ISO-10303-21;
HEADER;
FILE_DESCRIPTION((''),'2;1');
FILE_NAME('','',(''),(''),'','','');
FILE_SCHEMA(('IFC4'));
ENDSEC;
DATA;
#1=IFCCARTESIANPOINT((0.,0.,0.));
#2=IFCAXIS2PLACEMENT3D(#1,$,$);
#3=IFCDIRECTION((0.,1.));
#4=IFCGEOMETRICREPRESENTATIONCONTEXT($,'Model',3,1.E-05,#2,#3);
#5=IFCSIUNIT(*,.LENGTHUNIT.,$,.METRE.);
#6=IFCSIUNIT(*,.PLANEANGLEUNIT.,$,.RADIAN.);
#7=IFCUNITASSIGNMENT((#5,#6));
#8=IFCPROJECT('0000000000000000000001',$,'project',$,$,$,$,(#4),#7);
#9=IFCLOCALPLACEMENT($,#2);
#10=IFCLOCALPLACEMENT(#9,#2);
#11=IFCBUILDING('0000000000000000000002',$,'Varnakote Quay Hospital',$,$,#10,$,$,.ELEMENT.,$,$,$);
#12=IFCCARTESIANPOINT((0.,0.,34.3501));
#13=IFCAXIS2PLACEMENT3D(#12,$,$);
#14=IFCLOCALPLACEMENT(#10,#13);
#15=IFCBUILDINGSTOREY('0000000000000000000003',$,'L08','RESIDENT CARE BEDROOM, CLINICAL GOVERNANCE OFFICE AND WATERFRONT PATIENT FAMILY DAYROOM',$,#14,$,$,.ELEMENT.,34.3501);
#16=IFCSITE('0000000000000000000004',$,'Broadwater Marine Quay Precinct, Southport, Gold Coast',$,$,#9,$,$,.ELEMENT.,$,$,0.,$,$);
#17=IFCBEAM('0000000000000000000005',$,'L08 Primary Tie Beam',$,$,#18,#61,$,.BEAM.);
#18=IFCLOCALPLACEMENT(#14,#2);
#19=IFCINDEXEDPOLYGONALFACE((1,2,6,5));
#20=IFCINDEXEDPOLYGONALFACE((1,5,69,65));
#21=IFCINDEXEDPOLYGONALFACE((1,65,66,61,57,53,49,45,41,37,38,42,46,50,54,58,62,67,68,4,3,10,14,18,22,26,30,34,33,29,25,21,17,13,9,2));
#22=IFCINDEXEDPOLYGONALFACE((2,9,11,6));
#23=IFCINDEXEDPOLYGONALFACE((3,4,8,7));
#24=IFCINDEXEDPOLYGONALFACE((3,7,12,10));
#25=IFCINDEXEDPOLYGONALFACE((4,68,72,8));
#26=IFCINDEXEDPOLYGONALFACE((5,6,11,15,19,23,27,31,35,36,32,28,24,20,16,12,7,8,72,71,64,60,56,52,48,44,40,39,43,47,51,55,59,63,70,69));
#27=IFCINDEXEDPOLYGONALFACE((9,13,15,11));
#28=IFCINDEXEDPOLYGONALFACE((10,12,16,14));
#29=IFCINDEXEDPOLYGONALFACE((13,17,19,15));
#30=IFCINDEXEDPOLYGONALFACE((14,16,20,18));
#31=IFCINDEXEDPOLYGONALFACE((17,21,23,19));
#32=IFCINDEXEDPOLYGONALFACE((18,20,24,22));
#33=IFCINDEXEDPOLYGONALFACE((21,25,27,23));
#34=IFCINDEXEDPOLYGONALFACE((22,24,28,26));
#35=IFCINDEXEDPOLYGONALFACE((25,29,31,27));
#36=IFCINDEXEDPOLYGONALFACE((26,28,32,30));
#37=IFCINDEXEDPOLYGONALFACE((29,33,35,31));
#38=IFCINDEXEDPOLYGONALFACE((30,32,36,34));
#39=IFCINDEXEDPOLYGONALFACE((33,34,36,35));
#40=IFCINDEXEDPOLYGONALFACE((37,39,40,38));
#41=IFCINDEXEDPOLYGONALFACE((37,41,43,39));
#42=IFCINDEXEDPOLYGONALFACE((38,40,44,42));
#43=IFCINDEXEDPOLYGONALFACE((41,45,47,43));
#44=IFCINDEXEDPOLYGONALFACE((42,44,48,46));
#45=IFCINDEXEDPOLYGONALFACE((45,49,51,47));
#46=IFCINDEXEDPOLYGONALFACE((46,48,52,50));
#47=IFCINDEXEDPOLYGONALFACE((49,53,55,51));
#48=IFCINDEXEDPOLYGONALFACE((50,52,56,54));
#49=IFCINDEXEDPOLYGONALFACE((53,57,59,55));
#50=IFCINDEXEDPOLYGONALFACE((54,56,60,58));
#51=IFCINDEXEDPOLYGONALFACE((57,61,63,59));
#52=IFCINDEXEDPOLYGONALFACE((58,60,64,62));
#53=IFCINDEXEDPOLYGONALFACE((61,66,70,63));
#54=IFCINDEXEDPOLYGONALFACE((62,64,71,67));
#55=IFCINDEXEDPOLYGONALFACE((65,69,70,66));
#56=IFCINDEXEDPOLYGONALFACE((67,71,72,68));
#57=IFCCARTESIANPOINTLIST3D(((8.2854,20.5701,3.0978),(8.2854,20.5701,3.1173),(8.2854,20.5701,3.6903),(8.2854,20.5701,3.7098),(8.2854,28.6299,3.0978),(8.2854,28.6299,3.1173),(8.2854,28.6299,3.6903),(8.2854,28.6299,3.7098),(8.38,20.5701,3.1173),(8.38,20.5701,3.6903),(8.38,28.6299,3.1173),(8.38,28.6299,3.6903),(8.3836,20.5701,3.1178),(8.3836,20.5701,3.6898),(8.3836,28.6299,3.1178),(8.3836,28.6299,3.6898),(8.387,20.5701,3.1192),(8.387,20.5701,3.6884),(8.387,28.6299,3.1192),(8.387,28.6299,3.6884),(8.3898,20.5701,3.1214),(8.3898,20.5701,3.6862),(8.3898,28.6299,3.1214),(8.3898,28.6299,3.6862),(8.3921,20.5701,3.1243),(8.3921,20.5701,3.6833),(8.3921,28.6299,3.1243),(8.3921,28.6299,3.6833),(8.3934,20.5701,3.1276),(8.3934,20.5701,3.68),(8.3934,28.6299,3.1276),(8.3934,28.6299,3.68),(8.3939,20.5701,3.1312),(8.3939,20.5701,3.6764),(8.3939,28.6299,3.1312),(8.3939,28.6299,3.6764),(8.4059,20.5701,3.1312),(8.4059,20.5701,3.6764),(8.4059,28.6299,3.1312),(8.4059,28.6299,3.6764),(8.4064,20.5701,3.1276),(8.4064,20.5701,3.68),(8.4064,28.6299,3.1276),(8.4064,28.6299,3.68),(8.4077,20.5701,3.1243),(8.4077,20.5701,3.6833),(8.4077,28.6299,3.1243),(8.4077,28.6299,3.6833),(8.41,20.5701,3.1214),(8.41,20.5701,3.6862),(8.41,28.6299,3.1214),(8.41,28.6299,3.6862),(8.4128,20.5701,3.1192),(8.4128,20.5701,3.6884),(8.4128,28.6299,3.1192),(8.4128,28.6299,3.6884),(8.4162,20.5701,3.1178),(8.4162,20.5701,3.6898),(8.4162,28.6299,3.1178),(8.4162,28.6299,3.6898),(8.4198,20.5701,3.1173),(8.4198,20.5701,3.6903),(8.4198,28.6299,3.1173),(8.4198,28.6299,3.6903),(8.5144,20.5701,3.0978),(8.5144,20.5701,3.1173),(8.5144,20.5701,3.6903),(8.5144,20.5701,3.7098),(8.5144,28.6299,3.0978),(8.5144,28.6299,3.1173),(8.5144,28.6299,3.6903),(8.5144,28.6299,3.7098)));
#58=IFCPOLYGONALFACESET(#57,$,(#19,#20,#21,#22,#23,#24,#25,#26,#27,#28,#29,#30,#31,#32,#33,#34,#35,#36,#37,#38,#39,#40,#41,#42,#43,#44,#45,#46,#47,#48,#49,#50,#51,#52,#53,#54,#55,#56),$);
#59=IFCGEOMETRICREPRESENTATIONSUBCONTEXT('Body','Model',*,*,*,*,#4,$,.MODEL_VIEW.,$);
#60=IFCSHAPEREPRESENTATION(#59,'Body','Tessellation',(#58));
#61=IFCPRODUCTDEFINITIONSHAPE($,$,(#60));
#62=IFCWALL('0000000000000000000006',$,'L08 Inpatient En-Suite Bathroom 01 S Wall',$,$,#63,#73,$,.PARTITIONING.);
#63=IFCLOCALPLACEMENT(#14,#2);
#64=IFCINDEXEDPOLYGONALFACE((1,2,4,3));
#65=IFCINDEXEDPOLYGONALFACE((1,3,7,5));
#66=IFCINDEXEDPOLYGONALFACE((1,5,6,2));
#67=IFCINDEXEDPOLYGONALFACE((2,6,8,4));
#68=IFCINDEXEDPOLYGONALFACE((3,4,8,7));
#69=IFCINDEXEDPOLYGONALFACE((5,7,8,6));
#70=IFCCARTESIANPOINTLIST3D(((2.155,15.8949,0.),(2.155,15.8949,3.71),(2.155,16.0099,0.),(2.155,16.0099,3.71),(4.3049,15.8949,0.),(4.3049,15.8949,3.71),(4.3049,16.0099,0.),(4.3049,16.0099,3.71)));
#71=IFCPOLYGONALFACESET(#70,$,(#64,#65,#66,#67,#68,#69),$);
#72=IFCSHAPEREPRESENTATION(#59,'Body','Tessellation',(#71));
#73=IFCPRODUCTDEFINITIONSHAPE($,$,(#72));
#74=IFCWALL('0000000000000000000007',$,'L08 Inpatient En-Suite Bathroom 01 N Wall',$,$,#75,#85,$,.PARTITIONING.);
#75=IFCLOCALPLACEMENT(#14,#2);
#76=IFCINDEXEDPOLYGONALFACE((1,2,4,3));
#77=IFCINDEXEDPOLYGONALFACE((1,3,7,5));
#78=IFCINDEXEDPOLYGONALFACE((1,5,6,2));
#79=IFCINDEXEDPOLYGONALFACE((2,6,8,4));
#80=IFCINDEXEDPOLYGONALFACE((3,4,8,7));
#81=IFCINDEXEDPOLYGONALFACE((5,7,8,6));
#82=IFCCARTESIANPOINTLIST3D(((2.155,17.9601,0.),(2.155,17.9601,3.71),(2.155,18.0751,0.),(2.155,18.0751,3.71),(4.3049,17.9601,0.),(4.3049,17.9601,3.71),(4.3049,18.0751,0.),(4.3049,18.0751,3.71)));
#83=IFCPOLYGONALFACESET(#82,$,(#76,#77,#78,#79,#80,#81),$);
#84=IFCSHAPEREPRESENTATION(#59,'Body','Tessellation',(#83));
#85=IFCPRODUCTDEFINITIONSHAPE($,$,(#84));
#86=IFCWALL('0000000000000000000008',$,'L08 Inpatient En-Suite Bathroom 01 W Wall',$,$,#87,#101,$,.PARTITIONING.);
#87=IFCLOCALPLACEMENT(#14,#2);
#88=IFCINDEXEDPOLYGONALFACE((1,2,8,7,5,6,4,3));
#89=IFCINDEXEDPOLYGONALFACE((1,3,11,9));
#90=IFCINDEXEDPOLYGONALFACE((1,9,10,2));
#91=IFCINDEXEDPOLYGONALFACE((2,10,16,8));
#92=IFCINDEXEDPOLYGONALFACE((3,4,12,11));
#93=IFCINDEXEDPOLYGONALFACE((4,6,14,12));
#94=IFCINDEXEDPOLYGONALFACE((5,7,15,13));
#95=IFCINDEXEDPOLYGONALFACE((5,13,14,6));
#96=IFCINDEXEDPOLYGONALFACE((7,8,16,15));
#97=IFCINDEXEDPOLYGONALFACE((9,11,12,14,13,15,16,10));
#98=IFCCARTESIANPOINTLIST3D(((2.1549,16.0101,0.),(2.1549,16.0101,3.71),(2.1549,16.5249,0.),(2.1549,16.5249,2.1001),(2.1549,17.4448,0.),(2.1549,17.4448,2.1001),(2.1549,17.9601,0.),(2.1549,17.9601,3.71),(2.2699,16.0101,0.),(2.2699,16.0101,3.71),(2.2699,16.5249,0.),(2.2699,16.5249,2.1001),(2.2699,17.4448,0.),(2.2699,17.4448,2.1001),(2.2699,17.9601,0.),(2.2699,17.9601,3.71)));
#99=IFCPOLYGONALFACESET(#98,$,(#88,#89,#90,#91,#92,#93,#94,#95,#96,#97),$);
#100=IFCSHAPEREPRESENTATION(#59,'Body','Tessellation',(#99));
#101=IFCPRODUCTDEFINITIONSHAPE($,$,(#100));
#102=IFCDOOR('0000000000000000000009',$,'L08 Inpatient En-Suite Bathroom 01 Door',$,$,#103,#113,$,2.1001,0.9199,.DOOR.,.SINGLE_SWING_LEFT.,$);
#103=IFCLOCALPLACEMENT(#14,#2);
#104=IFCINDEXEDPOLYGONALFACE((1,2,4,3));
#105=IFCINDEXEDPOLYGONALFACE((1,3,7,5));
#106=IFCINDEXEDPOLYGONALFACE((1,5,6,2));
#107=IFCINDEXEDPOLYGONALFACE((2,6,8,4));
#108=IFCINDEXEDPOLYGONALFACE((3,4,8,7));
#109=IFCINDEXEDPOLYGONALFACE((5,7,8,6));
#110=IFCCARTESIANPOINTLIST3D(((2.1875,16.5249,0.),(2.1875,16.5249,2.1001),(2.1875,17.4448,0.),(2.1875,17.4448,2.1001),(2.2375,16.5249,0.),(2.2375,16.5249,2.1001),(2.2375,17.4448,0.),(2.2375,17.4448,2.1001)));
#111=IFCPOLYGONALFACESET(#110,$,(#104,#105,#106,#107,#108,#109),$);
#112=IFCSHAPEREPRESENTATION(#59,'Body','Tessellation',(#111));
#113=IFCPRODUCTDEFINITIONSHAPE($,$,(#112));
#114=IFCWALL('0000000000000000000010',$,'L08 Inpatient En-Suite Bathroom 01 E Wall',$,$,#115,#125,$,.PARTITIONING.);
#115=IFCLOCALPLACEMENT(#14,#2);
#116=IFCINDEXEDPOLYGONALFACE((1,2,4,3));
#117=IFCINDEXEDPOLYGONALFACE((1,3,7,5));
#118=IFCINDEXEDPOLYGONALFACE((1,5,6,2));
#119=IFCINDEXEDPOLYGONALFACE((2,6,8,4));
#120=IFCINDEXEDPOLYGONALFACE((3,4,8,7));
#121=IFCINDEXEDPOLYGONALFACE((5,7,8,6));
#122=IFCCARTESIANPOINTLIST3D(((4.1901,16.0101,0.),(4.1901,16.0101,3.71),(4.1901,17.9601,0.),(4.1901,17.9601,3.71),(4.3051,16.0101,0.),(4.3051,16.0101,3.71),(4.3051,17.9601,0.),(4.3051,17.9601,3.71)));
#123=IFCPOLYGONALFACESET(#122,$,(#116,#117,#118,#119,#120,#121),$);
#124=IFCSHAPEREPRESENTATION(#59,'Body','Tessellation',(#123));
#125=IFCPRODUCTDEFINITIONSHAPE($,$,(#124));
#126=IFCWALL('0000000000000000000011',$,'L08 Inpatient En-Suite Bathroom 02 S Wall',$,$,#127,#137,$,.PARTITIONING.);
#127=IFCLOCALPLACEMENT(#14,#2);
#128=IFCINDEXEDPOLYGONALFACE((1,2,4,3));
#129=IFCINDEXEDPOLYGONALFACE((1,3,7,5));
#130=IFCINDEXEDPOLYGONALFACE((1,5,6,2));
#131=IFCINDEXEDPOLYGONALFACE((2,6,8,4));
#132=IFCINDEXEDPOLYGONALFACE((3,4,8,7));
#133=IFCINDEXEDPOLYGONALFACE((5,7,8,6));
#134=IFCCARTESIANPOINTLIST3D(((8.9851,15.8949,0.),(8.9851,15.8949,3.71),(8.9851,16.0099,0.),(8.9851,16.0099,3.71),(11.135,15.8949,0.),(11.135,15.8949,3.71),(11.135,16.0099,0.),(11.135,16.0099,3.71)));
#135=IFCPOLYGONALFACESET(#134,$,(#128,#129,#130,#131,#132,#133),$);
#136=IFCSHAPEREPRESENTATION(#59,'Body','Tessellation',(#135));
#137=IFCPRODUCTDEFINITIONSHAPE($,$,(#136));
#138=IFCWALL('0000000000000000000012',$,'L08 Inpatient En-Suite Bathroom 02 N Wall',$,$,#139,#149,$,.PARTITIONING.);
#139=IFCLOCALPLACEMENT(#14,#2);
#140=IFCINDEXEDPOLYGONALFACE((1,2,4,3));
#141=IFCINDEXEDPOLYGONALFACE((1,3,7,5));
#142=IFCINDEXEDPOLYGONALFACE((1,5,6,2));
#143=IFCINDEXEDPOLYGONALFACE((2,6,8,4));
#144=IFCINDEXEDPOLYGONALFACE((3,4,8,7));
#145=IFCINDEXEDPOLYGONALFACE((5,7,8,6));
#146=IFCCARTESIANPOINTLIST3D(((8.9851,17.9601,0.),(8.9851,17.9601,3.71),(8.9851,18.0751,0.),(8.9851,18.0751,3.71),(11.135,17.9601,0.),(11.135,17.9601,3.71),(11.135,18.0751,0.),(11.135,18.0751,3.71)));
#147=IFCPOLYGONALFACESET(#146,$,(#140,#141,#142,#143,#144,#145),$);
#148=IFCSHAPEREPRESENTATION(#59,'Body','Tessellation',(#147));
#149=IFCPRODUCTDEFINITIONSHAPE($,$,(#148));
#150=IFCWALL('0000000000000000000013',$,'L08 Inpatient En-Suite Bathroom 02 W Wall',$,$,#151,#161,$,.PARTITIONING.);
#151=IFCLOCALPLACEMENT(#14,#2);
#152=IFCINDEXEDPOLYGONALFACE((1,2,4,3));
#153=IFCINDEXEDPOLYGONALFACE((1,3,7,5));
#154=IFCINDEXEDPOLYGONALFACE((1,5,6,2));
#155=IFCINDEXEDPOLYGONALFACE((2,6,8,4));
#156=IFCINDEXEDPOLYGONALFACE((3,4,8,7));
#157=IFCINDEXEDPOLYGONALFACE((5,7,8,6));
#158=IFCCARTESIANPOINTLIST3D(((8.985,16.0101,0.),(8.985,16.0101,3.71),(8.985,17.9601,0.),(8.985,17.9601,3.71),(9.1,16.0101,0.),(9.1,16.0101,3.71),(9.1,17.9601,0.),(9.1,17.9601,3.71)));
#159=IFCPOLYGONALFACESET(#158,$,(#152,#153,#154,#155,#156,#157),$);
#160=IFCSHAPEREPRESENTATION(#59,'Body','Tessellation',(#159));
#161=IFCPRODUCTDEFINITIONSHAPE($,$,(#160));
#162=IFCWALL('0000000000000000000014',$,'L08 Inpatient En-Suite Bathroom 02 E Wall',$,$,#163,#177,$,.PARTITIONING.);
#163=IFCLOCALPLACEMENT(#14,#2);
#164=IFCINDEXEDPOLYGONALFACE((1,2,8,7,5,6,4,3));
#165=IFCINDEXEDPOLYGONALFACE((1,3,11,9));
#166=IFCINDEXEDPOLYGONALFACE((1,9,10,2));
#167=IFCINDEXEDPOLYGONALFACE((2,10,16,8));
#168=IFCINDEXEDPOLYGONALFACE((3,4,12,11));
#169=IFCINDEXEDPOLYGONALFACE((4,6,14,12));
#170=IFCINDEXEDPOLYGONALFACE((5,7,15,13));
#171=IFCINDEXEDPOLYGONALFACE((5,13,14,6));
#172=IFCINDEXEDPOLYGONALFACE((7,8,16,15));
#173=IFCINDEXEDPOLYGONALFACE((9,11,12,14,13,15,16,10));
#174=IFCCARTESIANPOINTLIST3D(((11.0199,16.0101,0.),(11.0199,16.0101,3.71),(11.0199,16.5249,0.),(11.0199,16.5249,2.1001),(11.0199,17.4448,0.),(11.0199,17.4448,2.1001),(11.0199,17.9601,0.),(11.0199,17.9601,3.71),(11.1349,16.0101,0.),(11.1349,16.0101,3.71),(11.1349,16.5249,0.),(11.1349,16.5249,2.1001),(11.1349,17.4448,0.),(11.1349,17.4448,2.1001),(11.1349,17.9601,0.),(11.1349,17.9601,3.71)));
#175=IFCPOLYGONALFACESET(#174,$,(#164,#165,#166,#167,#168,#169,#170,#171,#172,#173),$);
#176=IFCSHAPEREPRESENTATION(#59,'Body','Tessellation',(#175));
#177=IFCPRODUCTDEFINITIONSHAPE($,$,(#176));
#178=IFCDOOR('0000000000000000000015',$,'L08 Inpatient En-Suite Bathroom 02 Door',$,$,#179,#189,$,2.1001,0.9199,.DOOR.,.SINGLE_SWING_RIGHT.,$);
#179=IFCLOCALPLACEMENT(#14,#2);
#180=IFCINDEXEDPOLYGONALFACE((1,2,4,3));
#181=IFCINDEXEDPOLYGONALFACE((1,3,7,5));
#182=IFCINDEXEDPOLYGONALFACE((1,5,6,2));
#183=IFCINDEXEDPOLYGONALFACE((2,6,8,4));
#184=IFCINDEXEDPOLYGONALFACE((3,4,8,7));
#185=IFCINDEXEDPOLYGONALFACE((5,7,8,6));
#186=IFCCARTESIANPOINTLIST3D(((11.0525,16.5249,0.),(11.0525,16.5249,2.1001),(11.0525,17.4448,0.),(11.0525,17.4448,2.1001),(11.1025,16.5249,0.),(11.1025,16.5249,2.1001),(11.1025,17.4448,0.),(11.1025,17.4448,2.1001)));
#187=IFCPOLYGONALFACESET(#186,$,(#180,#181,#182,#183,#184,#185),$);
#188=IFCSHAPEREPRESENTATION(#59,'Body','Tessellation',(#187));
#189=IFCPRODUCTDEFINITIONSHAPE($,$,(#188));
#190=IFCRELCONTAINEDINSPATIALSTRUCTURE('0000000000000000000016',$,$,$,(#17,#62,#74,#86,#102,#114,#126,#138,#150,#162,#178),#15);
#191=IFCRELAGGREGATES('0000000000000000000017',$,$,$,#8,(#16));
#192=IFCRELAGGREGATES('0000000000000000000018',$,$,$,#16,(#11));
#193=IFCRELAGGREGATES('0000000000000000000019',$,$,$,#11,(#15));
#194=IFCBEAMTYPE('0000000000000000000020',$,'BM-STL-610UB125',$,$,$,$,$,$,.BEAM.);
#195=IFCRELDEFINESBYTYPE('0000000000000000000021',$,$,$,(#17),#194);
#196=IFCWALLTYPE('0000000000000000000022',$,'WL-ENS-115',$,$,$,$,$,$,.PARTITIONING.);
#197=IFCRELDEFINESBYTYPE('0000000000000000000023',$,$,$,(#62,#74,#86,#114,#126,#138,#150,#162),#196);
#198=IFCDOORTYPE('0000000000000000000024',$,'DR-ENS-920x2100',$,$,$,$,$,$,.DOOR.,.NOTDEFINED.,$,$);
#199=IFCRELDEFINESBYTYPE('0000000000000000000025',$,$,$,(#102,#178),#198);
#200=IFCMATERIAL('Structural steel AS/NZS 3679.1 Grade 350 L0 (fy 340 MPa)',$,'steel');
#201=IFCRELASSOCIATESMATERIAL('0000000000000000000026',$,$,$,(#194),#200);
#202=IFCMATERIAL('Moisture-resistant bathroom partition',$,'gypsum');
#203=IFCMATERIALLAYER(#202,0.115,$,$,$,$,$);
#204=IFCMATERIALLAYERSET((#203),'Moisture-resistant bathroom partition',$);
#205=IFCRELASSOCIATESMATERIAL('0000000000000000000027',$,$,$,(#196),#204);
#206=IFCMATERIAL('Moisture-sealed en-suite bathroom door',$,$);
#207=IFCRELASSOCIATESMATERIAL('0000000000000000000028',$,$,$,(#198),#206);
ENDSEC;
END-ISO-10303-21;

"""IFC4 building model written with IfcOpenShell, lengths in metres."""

from ifc_helpers import new_model, si_unit, direction, frame, frame_2d, origin, origin_2d, place, context, subcontext, project, spatial, rectangle, i_section, extrude, material, layer, layer_set, material_profile, profile_set, type_object, element, fill, save


model = new_model("IFC4")

# Units and contexts
model_context = context("Model", 3, precision=1e-05, world=origin(), true_north=direction((0.0, 1.0)))
body_context = subcontext(model_context, "Body", "Model", "MODEL_VIEW")
ifc_project = project(units=[si_unit("LENGTHUNIT", "METRE"), si_unit("PLANEANGLEUNIT", "RADIAN")], contexts=[model_context])

# Site, building, storey
site_placement = place(None, origin())
site = spatial("IfcSite", under=ifc_project, at=site_placement, Name="Broadwater Marine Quay Precinct, Southport, Gold Coast", CompositionType="ELEMENT", RefElevation=0.0)
building_placement = place(site_placement, origin())
building = spatial("IfcBuilding", under=site, at=building_placement, Name="Varnakote Quay Hospital", CompositionType="ELEMENT")
storey_placement = place(building_placement, frame((0.0, 0.0, 34.3501)))
storey = spatial("IfcBuildingStorey", under=building, at=storey_placement, Name="L08", Description="RESIDENT CARE BEDROOM, CLINICAL GOVERNANCE OFFICE AND WATERFRONT PATIENT FAMILY DAYROOM", CompositionType="ELEMENT", Elevation=34.3501)

# Beam
ifc_material_1 = material(Name="Structural steel AS/NZS 3679.1 Grade 350 L0 (fy 340 MPa)", Category="steel")
ifc_material_profile_1 = material_profile(ifc_material_1, i_section(OverallWidth=0.229, OverallDepth=0.6121, WebThickness=0.012, FlangeThickness=0.0195, FilletRadius=0.0139, at=origin_2d()), Name="610UB125")
ifc_profile_set_1 = profile_set([ifc_material_profile_1], Name="Structural steel AS/NZS 3679.1 Grade 350 L0 (fy 340 MPa)")
beam_type = type_object("IfcBeamType", Name="BM-STL-610UB125", PredefinedType="BEAM", material=ifc_profile_set_1)
beam_1_placement = place(storey_placement, frame((8.3999, 20.5701, 3.4038), z_axis=(0.0, 1.0, 0.0), x_axis=(-1.0, 0.0, 0.0)))
element("IfcBeam", 1, at=beam_1_placement, inside=storey, type_object=beam_type, Name="L08 Primary Tie Beam", PredefinedType="BEAM", context=body_context, shape_type="SweptSolid", body=[
    extrude(i_section(OverallWidth=0.229, OverallDepth=0.6121, WebThickness=0.012, FlangeThickness=0.0195, FilletRadius=0.0139, at=origin_2d()), origin(), (0.0, 0.0, 1.0), 8.0598),
])

# Walls
ifc_material_2 = material(Name="Moisture-resistant bathroom partition", Category="gypsum")
ifc_layer_1 = layer(ifc_material_2, 0.115)
ifc_layer_set_1 = layer_set([ifc_layer_1], Name="Moisture-resistant bathroom partition")
wall_type_1 = type_object("IfcWallType", Name="WL-ENS-115", PredefinedType="PARTITIONING", material=ifc_layer_set_1)
for number, where, z_axis, x_axis, name in (
    (2, (2.155, 15.9524, 0.0), (0.0, 0.0, 1.0), (1.0, 0.0, 0.0), "L08 Inpatient En-Suite Bathroom 01 S Wall"),
    (3, (2.155, 18.0176, 0.0), (0.0, 0.0, 1.0), (1.0, 0.0, 0.0), "L08 Inpatient En-Suite Bathroom 01 N Wall"),
):
    element("IfcWall", number, at=place(storey_placement, frame(where, z_axis=z_axis, x_axis=x_axis)), inside=storey, type_object=wall_type_1, Name=name, PredefinedType="PARTITIONING", context=body_context, shape_type="SweptSolid", body=[
        extrude(rectangle(XDim=2.1499, YDim=0.115, at=frame_2d((1.075, 0.0))), origin(), (0.0, 0.0, 1.0), 3.71),
    ])

# Wall, opening, door
wall_1_placement = place(storey_placement, frame((2.2124, 16.01, 0.0), z_axis=(0.0, 0.0, 1.0), x_axis=(0.0, 1.0, 0.0)))
wall_1 = element("IfcWall", 4, at=wall_1_placement, inside=storey, type_object=wall_type_1, Name="L08 Inpatient En-Suite Bathroom 01 W Wall", PredefinedType="PARTITIONING", context=body_context, shape_type="SweptSolid", body=[
    extrude(rectangle(XDim=1.95, YDim=0.115, at=frame_2d((0.9751, 0.0))), origin(), (0.0, 0.0, 1.0), 3.71),
])
opening_1_placement = place(wall_1_placement, frame((0.5149, 0.0, 0.0)))
opening_1 = element("IfcOpeningElement", 5, at=opening_1_placement, cuts=wall_1, PredefinedType="OPENING", context=body_context, shape_type="SweptSolid", body=[
    extrude(rectangle(XDim=0.9199, YDim=2.1001, at=frame_2d((0.46, 1.05))), frame((0.0, 0.0674, 0.0), z_axis=(0.0, -1.0, 0.0), x_axis=(1.0, 0.0, 0.0)), (0.0, 0.0, 1.0), 0.135),
])
ifc_material_3 = material(Name="Moisture-sealed en-suite bathroom door")
door_type_1 = type_object("IfcDoorType", Name="DR-ENS-920x2100", OperationType="NOTDEFINED", PredefinedType="DOOR", material=ifc_material_3)
door_1_placement = place(opening_1_placement, origin())
door_1 = element("IfcDoor", 6, at=door_1_placement, inside=storey, type_object=door_type_1, Name="L08 Inpatient En-Suite Bathroom 01 Door", OperationType="SINGLE_SWING_LEFT", OverallHeight=2.1001, OverallWidth=0.9199, PredefinedType="DOOR", context=body_context, shape_type="SweptSolid", body=[
    extrude(rectangle(XDim=0.9199, YDim=2.1001, at=frame_2d((0.46, 1.05))), frame((0.0, 0.0249, 0.0), z_axis=(0.0, -1.0, 0.0), x_axis=(1.0, 0.0, 0.0)), (0.0, 0.0, 1.0), 0.05),
])
fill(opening_1, door_1)

# Walls
wall_2_placement = place(storey_placement, frame((4.2476, 16.01, 0.0), z_axis=(0.0, 0.0, 1.0), x_axis=(0.0, 1.0, 0.0)))
element("IfcWall", 7, at=wall_2_placement, inside=storey, type_object=wall_type_1, Name="L08 Inpatient En-Suite Bathroom 01 E Wall", PredefinedType="PARTITIONING", context=body_context, shape_type="SweptSolid", body=[
    extrude(rectangle(XDim=1.95, YDim=0.115, at=frame_2d((0.9751, 0.0))), origin(), (0.0, 0.0, 1.0), 3.71),
])
for number, where, z_axis, x_axis, name in (
    (8, (8.9851, 15.9524, 0.0), (0.0, 0.0, 1.0), (1.0, 0.0, 0.0), "L08 Inpatient En-Suite Bathroom 02 S Wall"),
    (9, (8.9851, 18.0176, 0.0), (0.0, 0.0, 1.0), (1.0, 0.0, 0.0), "L08 Inpatient En-Suite Bathroom 02 N Wall"),
):
    element("IfcWall", number, at=place(storey_placement, frame(where, z_axis=z_axis, x_axis=x_axis)), inside=storey, type_object=wall_type_1, Name=name, PredefinedType="PARTITIONING", context=body_context, shape_type="SweptSolid", body=[
        extrude(rectangle(XDim=2.1499, YDim=0.115, at=frame_2d((1.075, 0.0))), origin(), (0.0, 0.0, 1.0), 3.71),
    ])
wall_3_placement = place(storey_placement, frame((9.0425, 16.01, 0.0), z_axis=(0.0, 0.0, 1.0), x_axis=(0.0, 1.0, 0.0)))
element("IfcWall", 10, at=wall_3_placement, inside=storey, type_object=wall_type_1, Name="L08 Inpatient En-Suite Bathroom 02 W Wall", PredefinedType="PARTITIONING", context=body_context, shape_type="SweptSolid", body=[
    extrude(rectangle(XDim=1.95, YDim=0.115, at=frame_2d((0.9751, 0.0))), origin(), (0.0, 0.0, 1.0), 3.71),
])

# Wall, opening, door
wall_4_placement = place(storey_placement, frame((11.0774, 16.01, 0.0), z_axis=(0.0, 0.0, 1.0), x_axis=(0.0, 1.0, 0.0)))
wall_4 = element("IfcWall", 11, at=wall_4_placement, inside=storey, type_object=wall_type_1, Name="L08 Inpatient En-Suite Bathroom 02 E Wall", PredefinedType="PARTITIONING", context=body_context, shape_type="SweptSolid", body=[
    extrude(rectangle(XDim=1.95, YDim=0.115, at=frame_2d((0.9751, 0.0))), origin(), (0.0, 0.0, 1.0), 3.71),
])
opening_2_placement = place(wall_4_placement, frame((0.5149, 0.0, 0.0)))
opening_2 = element("IfcOpeningElement", 12, at=opening_2_placement, cuts=wall_4, PredefinedType="OPENING", context=body_context, shape_type="SweptSolid", body=[
    extrude(rectangle(XDim=0.9199, YDim=2.1001, at=frame_2d((0.46, 1.05))), frame((0.0, 0.0674, 0.0), z_axis=(0.0, -1.0, 0.0), x_axis=(1.0, 0.0, 0.0)), (0.0, 0.0, 1.0), 0.135),
])
door_2_placement = place(opening_2_placement, origin())
door_2 = element("IfcDoor", 13, at=door_2_placement, inside=storey, type_object=door_type_1, Name="L08 Inpatient En-Suite Bathroom 02 Door", OperationType="SINGLE_SWING_RIGHT", OverallHeight=2.1001, OverallWidth=0.9199, PredefinedType="DOOR", context=body_context, shape_type="SweptSolid", body=[
    extrude(rectangle(XDim=0.9199, YDim=2.1001, at=frame_2d((0.46, 1.05))), frame((0.0, 0.0249, 0.0), z_axis=(0.0, -1.0, 0.0), x_axis=(1.0, 0.0, 0.0)), (0.0, 0.0, 1.0), 0.05),
])
fill(opening_2, door_2)

save(model, "model.ifc")
